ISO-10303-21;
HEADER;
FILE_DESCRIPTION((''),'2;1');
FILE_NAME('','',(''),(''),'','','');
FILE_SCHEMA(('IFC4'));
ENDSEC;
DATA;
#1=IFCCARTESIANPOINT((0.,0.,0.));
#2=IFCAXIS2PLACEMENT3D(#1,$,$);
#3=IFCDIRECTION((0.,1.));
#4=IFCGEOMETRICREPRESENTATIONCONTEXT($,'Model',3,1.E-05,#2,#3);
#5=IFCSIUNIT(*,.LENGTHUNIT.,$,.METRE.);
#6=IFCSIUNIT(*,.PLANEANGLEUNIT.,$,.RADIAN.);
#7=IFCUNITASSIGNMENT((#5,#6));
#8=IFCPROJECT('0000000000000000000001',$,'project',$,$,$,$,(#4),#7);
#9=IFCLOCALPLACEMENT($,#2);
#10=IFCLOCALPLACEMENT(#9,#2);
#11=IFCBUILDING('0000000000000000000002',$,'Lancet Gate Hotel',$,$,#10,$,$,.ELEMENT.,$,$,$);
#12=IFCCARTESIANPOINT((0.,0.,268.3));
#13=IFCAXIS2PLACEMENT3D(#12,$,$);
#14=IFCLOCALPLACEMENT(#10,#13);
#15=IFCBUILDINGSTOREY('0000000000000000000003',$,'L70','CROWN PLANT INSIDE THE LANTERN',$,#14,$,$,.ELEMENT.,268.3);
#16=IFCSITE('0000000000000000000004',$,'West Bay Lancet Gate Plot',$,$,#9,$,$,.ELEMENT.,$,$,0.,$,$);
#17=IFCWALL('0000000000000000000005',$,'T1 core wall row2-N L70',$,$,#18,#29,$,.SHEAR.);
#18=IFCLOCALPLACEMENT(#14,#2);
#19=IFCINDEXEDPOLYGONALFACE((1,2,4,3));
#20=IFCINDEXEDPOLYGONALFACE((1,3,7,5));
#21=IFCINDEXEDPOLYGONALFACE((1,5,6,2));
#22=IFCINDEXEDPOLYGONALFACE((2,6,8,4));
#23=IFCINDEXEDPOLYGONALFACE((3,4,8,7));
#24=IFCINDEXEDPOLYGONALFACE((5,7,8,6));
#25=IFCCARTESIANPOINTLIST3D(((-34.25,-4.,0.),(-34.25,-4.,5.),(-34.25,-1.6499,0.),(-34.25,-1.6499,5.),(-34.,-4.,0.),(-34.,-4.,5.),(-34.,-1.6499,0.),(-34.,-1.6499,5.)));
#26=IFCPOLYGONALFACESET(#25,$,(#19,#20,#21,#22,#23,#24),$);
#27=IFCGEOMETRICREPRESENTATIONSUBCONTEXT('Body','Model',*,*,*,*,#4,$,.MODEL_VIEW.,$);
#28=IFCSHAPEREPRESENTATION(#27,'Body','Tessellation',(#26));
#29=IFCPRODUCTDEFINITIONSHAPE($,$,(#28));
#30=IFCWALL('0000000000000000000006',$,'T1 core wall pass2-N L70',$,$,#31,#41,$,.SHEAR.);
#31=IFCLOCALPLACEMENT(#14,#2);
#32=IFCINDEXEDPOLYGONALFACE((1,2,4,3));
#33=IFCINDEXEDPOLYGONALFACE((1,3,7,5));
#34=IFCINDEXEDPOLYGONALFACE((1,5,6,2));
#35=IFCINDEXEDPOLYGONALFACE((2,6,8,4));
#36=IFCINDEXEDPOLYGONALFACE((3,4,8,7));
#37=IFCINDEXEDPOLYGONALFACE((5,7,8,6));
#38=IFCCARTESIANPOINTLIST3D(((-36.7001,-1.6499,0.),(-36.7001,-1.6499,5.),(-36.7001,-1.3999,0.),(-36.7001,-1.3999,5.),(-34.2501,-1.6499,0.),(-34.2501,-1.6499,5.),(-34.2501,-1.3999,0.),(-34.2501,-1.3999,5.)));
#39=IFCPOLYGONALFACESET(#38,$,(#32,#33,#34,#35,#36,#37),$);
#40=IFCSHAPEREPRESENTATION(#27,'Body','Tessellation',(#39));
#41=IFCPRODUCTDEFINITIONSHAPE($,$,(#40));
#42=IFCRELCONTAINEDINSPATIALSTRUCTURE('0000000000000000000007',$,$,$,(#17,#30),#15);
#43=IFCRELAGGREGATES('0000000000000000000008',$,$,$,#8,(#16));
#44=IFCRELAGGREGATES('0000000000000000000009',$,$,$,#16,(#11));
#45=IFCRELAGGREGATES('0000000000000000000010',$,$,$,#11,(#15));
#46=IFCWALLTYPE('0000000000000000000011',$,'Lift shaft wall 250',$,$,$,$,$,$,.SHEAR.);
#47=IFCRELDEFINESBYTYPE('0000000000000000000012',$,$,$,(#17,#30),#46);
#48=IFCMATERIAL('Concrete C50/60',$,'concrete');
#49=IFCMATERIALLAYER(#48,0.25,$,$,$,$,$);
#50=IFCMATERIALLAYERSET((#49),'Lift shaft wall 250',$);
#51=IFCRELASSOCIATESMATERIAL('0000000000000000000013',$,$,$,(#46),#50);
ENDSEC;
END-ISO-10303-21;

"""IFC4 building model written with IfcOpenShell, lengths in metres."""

from ifc_helpers import new_model, si_unit, direction, frame, frame_2d, origin, place, context, subcontext, project, spatial, rectangle, extrude, material, layer, layer_set, type_object, element, save


model = new_model("IFC4")

# Units and contexts
model_context = context("Model", 3, precision=1e-05, world=origin(), true_north=direction((0.0, 1.0)))
body_context = subcontext(model_context, "Body", "Model", "MODEL_VIEW")
ifc_project = project(units=[si_unit("LENGTHUNIT", "METRE"), si_unit("PLANEANGLEUNIT", "RADIAN")], contexts=[model_context])

# Site, building, storey
site_placement = place(None, origin())
site = spatial("IfcSite", under=ifc_project, at=site_placement, Name="West Bay Lancet Gate Plot", CompositionType="ELEMENT", RefElevation=0.0)
building_placement = place(site_placement, origin())
building = spatial("IfcBuilding", under=site, at=building_placement, Name="Lancet Gate Hotel", CompositionType="ELEMENT")
storey_placement = place(building_placement, frame((0.0, 0.0, 268.3)))
storey = spatial("IfcBuildingStorey", under=building, at=storey_placement, Name="L70", Description="CROWN PLANT INSIDE THE LANTERN", CompositionType="ELEMENT", Elevation=268.3)

# Shared definitions
ifc_material_1 = material(Name="Concrete C50/60", Category="concrete")
ifc_layer_1 = layer(ifc_material_1, 0.25)
ifc_layer_set_1 = layer_set([ifc_layer_1], Name="Lift shaft wall 250")
wall_type = type_object("IfcWallType", Name="Lift shaft wall 250", PredefinedType="SHEAR", material=ifc_layer_set_1)

# Walls
wall_1_placement = place(storey_placement, frame((-34.125, -1.6499, 0.0), z_axis=(0.0, 0.0, 1.0), x_axis=(0.0, -1.0, 0.0)))
element("IfcWall", 1, at=wall_1_placement, inside=storey, type_object=wall_type, Name="T1 core wall row2-N L70", PredefinedType="SHEAR", context=body_context, shape_type="SweptSolid", body=[
    extrude(rectangle(XDim=2.3501, YDim=0.25, at=frame_2d((1.175, 0.0))), origin(), (0.0, 0.0, 1.0), 5.0),
])
wall_2_placement = place(storey_placement, frame((-34.25, -1.5249, 0.0), z_axis=(0.0, 0.0, 1.0), x_axis=(-1.0, 0.0, 0.0)))
element("IfcWall", 2, at=wall_2_placement, inside=storey, type_object=wall_type, Name="T1 core wall pass2-N L70", PredefinedType="SHEAR", context=body_context, shape_type="SweptSolid", body=[
    extrude(rectangle(XDim=2.45, YDim=0.25, at=frame_2d((1.2251, 0.0))), origin(), (0.0, 0.0, 1.0), 5.0),
])

save(model, "model.ifc")
